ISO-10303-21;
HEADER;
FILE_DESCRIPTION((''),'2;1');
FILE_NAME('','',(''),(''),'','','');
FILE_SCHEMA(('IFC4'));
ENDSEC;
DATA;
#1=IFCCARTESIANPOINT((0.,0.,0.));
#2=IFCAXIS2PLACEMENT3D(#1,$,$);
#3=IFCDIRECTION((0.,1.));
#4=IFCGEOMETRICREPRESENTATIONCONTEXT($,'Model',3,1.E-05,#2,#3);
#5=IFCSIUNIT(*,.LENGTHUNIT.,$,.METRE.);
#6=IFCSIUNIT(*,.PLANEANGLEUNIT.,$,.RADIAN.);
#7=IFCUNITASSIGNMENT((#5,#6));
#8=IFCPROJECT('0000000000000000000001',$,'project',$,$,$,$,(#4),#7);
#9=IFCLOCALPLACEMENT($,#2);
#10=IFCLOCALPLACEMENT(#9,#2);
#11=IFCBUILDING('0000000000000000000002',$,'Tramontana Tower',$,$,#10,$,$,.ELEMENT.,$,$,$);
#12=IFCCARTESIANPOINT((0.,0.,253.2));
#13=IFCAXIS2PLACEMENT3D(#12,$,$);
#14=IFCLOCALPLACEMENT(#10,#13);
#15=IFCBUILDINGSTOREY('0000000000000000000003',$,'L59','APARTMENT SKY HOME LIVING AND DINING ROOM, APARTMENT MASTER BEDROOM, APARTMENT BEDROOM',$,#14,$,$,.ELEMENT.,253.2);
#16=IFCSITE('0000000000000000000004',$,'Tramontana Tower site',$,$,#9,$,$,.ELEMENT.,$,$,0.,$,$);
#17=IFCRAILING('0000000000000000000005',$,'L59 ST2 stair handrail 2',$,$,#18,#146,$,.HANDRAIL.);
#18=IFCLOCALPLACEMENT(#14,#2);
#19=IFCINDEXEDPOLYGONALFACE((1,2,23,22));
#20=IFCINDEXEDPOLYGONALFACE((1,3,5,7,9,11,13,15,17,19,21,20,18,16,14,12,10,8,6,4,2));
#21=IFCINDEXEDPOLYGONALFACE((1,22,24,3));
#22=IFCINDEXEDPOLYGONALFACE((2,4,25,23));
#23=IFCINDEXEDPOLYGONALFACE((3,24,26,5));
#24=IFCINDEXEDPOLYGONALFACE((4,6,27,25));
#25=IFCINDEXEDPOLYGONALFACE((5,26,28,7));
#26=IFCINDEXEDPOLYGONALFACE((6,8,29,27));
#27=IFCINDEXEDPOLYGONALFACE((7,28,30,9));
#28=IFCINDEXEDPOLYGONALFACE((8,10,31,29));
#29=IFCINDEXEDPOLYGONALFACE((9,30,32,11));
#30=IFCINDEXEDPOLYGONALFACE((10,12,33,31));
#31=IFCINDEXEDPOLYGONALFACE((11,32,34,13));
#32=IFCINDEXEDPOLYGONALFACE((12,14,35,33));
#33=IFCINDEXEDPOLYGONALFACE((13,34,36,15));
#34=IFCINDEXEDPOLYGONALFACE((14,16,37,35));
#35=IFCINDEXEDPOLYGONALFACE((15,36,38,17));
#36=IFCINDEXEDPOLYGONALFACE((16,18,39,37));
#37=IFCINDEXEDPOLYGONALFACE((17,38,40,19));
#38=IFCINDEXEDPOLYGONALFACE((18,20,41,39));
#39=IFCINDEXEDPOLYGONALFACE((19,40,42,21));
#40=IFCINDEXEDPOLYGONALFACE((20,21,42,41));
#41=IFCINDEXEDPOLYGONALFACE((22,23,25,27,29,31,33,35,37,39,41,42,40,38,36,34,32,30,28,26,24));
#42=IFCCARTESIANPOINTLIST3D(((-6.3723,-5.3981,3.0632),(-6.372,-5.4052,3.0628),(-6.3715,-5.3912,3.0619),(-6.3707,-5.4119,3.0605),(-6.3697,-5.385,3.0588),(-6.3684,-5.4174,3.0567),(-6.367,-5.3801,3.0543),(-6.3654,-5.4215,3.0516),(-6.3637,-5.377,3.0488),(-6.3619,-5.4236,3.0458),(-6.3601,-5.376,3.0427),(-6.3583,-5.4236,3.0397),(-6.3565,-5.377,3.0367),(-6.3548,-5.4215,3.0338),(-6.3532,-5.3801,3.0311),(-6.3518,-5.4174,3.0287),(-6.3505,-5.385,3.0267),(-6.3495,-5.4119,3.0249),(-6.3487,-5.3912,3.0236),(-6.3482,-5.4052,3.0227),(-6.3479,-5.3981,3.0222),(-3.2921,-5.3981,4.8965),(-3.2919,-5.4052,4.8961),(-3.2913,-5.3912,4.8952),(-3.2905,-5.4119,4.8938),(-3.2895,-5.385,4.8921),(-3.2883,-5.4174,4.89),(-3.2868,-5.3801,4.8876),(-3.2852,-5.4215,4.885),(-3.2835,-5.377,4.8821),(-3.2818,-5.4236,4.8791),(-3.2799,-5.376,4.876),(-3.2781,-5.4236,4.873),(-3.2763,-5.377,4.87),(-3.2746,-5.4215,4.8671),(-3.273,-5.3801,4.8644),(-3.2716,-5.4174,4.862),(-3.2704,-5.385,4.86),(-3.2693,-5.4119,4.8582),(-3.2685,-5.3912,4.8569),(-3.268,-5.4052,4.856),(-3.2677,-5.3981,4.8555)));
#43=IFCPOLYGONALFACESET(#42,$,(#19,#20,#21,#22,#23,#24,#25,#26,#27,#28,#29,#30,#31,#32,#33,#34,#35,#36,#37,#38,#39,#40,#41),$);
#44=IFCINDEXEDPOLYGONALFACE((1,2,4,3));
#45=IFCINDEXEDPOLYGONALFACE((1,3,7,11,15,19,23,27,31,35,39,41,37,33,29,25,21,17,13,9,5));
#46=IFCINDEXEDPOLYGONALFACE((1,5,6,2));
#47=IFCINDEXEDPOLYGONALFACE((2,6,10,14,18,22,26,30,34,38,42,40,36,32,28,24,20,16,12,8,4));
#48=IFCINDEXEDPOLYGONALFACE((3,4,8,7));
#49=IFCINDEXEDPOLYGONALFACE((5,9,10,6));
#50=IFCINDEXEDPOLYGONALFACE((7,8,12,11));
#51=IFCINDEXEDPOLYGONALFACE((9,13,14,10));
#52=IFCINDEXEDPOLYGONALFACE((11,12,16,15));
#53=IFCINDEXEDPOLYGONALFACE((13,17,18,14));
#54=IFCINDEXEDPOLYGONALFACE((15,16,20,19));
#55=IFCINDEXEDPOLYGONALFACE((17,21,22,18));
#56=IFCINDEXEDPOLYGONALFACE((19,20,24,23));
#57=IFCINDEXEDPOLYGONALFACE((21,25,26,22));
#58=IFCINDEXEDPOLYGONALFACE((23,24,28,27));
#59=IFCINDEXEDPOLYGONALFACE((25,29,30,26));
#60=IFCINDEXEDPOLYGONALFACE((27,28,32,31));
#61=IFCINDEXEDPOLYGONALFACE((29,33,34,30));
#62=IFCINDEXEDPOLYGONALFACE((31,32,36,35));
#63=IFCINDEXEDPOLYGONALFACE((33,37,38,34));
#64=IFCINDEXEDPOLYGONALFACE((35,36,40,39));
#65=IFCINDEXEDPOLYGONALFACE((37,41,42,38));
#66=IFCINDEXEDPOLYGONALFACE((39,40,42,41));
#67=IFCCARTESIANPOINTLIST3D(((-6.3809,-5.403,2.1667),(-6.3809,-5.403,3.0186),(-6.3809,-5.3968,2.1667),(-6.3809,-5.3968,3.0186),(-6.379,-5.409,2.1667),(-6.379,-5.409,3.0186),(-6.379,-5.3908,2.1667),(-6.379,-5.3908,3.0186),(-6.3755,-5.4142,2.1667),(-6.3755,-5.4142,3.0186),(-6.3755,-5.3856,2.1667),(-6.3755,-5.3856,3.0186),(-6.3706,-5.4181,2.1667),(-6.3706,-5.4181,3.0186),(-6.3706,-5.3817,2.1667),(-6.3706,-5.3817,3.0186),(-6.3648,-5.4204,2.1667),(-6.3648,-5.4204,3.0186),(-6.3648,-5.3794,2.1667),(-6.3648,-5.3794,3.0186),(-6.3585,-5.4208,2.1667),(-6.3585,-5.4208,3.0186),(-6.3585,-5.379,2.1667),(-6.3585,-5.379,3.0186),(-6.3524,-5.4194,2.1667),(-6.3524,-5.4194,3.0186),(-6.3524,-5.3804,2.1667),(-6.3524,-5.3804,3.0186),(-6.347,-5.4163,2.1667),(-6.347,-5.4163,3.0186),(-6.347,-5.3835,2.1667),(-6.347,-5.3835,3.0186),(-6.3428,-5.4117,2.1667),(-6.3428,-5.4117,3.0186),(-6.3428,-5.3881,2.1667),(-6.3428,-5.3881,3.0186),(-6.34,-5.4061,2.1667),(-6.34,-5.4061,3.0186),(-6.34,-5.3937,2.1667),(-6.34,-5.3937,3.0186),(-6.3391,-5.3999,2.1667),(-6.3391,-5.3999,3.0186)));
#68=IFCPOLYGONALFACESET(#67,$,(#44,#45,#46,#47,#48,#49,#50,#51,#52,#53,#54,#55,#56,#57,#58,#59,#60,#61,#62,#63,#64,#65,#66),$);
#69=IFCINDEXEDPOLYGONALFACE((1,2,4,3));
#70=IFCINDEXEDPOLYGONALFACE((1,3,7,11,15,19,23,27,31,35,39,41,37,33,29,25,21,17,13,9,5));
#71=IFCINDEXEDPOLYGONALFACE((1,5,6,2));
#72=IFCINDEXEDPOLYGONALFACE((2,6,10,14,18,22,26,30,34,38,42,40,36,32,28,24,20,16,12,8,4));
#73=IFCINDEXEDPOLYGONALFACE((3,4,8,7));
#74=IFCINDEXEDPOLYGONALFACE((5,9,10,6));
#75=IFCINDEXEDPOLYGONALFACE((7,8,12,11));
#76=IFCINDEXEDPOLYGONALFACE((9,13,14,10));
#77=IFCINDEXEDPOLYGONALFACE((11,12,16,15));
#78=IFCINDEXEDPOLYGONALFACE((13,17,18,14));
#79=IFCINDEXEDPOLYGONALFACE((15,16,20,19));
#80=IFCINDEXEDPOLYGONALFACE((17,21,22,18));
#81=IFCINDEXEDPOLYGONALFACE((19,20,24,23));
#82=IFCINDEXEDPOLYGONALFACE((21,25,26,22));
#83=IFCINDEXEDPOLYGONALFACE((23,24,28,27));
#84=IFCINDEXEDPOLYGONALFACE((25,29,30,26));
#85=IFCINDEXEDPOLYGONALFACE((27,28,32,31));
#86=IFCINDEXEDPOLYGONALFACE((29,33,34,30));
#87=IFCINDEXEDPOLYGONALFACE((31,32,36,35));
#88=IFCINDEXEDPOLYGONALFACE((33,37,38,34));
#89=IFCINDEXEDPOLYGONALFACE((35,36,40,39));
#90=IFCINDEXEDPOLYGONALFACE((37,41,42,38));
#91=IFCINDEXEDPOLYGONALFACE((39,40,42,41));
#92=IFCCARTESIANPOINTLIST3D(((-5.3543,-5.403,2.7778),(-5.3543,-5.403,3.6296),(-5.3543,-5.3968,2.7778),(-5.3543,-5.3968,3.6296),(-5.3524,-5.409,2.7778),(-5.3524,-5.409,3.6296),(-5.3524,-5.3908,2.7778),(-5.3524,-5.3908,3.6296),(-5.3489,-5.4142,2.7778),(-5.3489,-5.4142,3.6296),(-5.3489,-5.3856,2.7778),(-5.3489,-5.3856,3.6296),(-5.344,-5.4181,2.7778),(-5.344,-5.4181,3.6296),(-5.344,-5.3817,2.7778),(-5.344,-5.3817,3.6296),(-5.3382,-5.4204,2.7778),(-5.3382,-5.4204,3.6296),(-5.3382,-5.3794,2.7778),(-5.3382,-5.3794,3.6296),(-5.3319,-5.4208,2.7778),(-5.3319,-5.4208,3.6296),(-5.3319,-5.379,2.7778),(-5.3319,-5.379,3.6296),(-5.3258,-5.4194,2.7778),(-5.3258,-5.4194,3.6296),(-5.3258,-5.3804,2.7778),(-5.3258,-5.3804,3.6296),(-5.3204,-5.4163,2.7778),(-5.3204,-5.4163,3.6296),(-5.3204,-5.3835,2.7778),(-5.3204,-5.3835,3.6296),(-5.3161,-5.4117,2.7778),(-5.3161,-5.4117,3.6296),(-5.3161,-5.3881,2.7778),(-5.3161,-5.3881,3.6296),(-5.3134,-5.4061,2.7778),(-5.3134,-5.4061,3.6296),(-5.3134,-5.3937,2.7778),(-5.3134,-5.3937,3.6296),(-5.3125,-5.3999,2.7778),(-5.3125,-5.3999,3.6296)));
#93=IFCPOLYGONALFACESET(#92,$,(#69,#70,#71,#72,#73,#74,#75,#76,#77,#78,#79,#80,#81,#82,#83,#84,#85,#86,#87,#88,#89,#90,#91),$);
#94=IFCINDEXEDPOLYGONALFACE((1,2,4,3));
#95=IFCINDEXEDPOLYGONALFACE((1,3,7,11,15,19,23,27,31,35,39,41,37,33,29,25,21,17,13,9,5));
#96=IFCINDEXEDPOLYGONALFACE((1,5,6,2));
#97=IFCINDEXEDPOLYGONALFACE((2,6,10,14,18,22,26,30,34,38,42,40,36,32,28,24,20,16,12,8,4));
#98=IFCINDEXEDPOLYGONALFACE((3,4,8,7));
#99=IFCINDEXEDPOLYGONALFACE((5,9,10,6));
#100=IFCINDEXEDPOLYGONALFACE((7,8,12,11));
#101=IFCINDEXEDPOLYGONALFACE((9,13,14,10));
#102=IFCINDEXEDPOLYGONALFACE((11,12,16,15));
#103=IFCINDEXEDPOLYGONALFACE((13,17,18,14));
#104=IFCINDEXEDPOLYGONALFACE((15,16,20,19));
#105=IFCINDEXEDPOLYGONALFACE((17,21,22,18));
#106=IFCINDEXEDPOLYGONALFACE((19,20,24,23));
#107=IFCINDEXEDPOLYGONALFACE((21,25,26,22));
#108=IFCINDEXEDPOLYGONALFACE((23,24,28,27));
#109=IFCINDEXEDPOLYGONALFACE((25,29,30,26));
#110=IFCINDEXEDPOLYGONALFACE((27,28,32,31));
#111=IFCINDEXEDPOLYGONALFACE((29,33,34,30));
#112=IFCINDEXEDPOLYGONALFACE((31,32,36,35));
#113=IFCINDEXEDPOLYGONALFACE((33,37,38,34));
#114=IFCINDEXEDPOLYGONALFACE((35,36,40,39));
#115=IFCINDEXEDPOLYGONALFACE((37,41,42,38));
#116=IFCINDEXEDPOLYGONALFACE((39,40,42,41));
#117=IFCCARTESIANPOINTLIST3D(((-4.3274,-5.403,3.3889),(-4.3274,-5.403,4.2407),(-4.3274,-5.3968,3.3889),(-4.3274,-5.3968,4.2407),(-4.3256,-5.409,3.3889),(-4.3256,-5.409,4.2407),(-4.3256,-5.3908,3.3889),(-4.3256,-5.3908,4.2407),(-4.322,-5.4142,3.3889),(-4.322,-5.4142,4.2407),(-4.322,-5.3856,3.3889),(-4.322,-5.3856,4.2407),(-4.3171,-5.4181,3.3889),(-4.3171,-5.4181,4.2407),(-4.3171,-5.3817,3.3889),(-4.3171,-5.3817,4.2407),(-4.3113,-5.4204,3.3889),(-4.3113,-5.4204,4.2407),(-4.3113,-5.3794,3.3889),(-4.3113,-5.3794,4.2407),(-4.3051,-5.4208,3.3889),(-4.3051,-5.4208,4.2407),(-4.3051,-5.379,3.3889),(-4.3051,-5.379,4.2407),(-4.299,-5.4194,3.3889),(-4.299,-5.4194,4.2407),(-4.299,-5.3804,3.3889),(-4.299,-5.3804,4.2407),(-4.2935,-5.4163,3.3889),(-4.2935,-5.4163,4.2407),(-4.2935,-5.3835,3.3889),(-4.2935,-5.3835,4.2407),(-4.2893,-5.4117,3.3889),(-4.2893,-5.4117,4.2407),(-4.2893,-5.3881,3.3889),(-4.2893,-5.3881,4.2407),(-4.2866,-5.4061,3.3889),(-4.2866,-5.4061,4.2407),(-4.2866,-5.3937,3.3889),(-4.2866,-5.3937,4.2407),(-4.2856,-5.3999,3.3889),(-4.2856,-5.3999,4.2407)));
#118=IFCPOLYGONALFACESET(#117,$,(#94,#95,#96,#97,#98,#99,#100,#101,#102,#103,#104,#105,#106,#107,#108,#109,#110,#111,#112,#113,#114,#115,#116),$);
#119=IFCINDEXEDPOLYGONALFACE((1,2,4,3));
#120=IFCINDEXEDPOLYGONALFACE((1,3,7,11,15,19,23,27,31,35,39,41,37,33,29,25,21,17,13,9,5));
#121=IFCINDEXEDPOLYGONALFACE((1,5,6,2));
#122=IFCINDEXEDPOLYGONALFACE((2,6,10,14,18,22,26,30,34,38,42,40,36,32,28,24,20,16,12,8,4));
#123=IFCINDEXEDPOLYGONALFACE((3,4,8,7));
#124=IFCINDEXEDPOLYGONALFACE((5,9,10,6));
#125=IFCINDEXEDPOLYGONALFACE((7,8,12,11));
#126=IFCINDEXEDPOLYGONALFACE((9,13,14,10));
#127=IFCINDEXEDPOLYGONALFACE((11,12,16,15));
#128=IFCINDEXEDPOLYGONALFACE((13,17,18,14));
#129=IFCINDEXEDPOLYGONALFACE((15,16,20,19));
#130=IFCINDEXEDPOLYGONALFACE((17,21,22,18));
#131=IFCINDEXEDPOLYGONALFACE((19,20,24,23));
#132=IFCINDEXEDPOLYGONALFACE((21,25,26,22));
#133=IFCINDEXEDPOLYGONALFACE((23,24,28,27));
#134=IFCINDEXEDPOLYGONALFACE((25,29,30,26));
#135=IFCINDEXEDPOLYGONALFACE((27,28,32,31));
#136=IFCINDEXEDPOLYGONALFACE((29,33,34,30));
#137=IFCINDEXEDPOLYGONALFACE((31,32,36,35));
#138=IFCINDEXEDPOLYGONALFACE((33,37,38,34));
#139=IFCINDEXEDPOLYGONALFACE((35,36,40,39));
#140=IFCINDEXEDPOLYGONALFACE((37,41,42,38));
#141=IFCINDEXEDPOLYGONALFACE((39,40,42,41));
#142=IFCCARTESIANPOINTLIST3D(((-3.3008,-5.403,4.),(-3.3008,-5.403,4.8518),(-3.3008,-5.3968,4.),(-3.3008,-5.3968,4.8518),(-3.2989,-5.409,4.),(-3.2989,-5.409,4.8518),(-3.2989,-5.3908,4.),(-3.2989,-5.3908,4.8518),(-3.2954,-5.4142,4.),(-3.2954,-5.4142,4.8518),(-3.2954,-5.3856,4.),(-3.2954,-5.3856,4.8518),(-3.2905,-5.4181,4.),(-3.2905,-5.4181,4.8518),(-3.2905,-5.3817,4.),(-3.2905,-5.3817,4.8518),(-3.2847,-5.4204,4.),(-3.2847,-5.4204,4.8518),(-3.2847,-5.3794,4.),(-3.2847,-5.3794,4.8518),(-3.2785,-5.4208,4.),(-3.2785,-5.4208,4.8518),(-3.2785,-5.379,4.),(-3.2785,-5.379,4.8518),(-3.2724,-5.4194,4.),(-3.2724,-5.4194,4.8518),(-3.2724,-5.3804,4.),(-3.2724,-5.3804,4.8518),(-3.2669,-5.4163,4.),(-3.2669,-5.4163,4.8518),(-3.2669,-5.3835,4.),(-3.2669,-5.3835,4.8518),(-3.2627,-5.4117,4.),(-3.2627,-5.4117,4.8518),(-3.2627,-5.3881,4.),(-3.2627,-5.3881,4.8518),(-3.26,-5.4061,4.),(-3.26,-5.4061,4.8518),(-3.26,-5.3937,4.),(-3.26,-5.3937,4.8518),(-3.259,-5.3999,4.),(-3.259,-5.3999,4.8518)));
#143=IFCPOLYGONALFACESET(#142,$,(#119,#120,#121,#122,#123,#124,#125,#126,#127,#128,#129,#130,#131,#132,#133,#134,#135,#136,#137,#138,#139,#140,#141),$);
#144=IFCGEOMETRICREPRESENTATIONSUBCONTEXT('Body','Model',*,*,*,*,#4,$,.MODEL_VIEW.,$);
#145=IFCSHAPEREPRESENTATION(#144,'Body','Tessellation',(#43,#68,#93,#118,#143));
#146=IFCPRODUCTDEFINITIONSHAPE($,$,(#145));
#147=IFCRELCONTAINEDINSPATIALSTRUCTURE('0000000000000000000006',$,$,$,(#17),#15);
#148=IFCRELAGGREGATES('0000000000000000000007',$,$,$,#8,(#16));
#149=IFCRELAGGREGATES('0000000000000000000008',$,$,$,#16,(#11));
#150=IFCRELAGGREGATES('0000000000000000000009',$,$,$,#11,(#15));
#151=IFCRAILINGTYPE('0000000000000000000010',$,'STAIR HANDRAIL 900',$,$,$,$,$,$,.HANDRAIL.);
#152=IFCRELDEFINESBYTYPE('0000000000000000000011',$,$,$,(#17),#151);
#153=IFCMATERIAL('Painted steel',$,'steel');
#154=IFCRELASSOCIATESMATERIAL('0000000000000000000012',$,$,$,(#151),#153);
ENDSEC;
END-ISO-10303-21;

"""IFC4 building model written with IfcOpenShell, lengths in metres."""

from ifc_helpers import new_model, si_unit, direction, frame, origin, origin_2d, place, context, subcontext, project, spatial, circle, extrude, material, type_object, element, save


model = new_model("IFC4")

# Units and contexts
model_context = context("Model", 3, precision=1e-05, world=origin(), true_north=direction((0.0, 1.0)))
body_context = subcontext(model_context, "Body", "Model", "MODEL_VIEW")
ifc_project = project(units=[si_unit("LENGTHUNIT", "METRE"), si_unit("PLANEANGLEUNIT", "RADIAN")], contexts=[model_context])

# Site, building, storey
site_placement = place(None, origin())
site = spatial("IfcSite", under=ifc_project, at=site_placement, Name="Tramontana Tower site", CompositionType="ELEMENT", RefElevation=0.0)
building_placement = place(site_placement, origin())
building = spatial("IfcBuilding", under=site, at=building_placement, Name="Tramontana Tower", CompositionType="ELEMENT")
storey_placement = place(building_placement, frame((0.0, 0.0, 253.2)))
storey = spatial("IfcBuildingStorey", under=building, at=storey_placement, Name="L59", Description="APARTMENT SKY HOME LIVING AND DINING ROOM, APARTMENT MASTER BEDROOM, APARTMENT BEDROOM", CompositionType="ELEMENT", Elevation=253.2)

# Railing
ifc_material_1 = material(Name="Painted steel", Category="steel")
railing_type_1 = type_object("IfcRailingType", Name="STAIR HANDRAIL 900", PredefinedType="HANDRAIL", material=ifc_material_1)
railing_1_placement = place(storey_placement, frame((-6.3601, -5.3999, 2.1667)))
element("IfcRailing", 1, at=railing_1_placement, inside=storey, type_object=railing_type_1, Name="L59 ST2 stair handrail 2", PredefinedType="HANDRAIL", context=body_context, shape_type="SweptSolid", body=[
    extrude(circle(Radius=0.0239, at=origin_2d()), frame((0.0, 0.0, 0.876), z_axis=(0.859309, 0.0, 0.511458), x_axis=(0.0, 1.0, 0.0)), (0.0, 0.0, 1.0), 3.5845),
    extrude(circle(Radius=0.021, at=origin_2d()), origin(), (0.0, 0.0, 1.0), 0.8518),
    extrude(circle(Radius=0.021, at=origin_2d()), frame((1.0266, 0.0, 0.6111)), (0.0, 0.0, 1.0), 0.8518),
    extrude(circle(Radius=0.021, at=origin_2d()), frame((2.0535, 0.0, 1.2222)), (0.0, 0.0, 1.0), 0.8518),
    extrude(circle(Radius=0.021, at=origin_2d()), frame((3.0801, 0.0, 1.8333)), (0.0, 0.0, 1.0), 0.8518),
])

save(model, "model.ifc")
